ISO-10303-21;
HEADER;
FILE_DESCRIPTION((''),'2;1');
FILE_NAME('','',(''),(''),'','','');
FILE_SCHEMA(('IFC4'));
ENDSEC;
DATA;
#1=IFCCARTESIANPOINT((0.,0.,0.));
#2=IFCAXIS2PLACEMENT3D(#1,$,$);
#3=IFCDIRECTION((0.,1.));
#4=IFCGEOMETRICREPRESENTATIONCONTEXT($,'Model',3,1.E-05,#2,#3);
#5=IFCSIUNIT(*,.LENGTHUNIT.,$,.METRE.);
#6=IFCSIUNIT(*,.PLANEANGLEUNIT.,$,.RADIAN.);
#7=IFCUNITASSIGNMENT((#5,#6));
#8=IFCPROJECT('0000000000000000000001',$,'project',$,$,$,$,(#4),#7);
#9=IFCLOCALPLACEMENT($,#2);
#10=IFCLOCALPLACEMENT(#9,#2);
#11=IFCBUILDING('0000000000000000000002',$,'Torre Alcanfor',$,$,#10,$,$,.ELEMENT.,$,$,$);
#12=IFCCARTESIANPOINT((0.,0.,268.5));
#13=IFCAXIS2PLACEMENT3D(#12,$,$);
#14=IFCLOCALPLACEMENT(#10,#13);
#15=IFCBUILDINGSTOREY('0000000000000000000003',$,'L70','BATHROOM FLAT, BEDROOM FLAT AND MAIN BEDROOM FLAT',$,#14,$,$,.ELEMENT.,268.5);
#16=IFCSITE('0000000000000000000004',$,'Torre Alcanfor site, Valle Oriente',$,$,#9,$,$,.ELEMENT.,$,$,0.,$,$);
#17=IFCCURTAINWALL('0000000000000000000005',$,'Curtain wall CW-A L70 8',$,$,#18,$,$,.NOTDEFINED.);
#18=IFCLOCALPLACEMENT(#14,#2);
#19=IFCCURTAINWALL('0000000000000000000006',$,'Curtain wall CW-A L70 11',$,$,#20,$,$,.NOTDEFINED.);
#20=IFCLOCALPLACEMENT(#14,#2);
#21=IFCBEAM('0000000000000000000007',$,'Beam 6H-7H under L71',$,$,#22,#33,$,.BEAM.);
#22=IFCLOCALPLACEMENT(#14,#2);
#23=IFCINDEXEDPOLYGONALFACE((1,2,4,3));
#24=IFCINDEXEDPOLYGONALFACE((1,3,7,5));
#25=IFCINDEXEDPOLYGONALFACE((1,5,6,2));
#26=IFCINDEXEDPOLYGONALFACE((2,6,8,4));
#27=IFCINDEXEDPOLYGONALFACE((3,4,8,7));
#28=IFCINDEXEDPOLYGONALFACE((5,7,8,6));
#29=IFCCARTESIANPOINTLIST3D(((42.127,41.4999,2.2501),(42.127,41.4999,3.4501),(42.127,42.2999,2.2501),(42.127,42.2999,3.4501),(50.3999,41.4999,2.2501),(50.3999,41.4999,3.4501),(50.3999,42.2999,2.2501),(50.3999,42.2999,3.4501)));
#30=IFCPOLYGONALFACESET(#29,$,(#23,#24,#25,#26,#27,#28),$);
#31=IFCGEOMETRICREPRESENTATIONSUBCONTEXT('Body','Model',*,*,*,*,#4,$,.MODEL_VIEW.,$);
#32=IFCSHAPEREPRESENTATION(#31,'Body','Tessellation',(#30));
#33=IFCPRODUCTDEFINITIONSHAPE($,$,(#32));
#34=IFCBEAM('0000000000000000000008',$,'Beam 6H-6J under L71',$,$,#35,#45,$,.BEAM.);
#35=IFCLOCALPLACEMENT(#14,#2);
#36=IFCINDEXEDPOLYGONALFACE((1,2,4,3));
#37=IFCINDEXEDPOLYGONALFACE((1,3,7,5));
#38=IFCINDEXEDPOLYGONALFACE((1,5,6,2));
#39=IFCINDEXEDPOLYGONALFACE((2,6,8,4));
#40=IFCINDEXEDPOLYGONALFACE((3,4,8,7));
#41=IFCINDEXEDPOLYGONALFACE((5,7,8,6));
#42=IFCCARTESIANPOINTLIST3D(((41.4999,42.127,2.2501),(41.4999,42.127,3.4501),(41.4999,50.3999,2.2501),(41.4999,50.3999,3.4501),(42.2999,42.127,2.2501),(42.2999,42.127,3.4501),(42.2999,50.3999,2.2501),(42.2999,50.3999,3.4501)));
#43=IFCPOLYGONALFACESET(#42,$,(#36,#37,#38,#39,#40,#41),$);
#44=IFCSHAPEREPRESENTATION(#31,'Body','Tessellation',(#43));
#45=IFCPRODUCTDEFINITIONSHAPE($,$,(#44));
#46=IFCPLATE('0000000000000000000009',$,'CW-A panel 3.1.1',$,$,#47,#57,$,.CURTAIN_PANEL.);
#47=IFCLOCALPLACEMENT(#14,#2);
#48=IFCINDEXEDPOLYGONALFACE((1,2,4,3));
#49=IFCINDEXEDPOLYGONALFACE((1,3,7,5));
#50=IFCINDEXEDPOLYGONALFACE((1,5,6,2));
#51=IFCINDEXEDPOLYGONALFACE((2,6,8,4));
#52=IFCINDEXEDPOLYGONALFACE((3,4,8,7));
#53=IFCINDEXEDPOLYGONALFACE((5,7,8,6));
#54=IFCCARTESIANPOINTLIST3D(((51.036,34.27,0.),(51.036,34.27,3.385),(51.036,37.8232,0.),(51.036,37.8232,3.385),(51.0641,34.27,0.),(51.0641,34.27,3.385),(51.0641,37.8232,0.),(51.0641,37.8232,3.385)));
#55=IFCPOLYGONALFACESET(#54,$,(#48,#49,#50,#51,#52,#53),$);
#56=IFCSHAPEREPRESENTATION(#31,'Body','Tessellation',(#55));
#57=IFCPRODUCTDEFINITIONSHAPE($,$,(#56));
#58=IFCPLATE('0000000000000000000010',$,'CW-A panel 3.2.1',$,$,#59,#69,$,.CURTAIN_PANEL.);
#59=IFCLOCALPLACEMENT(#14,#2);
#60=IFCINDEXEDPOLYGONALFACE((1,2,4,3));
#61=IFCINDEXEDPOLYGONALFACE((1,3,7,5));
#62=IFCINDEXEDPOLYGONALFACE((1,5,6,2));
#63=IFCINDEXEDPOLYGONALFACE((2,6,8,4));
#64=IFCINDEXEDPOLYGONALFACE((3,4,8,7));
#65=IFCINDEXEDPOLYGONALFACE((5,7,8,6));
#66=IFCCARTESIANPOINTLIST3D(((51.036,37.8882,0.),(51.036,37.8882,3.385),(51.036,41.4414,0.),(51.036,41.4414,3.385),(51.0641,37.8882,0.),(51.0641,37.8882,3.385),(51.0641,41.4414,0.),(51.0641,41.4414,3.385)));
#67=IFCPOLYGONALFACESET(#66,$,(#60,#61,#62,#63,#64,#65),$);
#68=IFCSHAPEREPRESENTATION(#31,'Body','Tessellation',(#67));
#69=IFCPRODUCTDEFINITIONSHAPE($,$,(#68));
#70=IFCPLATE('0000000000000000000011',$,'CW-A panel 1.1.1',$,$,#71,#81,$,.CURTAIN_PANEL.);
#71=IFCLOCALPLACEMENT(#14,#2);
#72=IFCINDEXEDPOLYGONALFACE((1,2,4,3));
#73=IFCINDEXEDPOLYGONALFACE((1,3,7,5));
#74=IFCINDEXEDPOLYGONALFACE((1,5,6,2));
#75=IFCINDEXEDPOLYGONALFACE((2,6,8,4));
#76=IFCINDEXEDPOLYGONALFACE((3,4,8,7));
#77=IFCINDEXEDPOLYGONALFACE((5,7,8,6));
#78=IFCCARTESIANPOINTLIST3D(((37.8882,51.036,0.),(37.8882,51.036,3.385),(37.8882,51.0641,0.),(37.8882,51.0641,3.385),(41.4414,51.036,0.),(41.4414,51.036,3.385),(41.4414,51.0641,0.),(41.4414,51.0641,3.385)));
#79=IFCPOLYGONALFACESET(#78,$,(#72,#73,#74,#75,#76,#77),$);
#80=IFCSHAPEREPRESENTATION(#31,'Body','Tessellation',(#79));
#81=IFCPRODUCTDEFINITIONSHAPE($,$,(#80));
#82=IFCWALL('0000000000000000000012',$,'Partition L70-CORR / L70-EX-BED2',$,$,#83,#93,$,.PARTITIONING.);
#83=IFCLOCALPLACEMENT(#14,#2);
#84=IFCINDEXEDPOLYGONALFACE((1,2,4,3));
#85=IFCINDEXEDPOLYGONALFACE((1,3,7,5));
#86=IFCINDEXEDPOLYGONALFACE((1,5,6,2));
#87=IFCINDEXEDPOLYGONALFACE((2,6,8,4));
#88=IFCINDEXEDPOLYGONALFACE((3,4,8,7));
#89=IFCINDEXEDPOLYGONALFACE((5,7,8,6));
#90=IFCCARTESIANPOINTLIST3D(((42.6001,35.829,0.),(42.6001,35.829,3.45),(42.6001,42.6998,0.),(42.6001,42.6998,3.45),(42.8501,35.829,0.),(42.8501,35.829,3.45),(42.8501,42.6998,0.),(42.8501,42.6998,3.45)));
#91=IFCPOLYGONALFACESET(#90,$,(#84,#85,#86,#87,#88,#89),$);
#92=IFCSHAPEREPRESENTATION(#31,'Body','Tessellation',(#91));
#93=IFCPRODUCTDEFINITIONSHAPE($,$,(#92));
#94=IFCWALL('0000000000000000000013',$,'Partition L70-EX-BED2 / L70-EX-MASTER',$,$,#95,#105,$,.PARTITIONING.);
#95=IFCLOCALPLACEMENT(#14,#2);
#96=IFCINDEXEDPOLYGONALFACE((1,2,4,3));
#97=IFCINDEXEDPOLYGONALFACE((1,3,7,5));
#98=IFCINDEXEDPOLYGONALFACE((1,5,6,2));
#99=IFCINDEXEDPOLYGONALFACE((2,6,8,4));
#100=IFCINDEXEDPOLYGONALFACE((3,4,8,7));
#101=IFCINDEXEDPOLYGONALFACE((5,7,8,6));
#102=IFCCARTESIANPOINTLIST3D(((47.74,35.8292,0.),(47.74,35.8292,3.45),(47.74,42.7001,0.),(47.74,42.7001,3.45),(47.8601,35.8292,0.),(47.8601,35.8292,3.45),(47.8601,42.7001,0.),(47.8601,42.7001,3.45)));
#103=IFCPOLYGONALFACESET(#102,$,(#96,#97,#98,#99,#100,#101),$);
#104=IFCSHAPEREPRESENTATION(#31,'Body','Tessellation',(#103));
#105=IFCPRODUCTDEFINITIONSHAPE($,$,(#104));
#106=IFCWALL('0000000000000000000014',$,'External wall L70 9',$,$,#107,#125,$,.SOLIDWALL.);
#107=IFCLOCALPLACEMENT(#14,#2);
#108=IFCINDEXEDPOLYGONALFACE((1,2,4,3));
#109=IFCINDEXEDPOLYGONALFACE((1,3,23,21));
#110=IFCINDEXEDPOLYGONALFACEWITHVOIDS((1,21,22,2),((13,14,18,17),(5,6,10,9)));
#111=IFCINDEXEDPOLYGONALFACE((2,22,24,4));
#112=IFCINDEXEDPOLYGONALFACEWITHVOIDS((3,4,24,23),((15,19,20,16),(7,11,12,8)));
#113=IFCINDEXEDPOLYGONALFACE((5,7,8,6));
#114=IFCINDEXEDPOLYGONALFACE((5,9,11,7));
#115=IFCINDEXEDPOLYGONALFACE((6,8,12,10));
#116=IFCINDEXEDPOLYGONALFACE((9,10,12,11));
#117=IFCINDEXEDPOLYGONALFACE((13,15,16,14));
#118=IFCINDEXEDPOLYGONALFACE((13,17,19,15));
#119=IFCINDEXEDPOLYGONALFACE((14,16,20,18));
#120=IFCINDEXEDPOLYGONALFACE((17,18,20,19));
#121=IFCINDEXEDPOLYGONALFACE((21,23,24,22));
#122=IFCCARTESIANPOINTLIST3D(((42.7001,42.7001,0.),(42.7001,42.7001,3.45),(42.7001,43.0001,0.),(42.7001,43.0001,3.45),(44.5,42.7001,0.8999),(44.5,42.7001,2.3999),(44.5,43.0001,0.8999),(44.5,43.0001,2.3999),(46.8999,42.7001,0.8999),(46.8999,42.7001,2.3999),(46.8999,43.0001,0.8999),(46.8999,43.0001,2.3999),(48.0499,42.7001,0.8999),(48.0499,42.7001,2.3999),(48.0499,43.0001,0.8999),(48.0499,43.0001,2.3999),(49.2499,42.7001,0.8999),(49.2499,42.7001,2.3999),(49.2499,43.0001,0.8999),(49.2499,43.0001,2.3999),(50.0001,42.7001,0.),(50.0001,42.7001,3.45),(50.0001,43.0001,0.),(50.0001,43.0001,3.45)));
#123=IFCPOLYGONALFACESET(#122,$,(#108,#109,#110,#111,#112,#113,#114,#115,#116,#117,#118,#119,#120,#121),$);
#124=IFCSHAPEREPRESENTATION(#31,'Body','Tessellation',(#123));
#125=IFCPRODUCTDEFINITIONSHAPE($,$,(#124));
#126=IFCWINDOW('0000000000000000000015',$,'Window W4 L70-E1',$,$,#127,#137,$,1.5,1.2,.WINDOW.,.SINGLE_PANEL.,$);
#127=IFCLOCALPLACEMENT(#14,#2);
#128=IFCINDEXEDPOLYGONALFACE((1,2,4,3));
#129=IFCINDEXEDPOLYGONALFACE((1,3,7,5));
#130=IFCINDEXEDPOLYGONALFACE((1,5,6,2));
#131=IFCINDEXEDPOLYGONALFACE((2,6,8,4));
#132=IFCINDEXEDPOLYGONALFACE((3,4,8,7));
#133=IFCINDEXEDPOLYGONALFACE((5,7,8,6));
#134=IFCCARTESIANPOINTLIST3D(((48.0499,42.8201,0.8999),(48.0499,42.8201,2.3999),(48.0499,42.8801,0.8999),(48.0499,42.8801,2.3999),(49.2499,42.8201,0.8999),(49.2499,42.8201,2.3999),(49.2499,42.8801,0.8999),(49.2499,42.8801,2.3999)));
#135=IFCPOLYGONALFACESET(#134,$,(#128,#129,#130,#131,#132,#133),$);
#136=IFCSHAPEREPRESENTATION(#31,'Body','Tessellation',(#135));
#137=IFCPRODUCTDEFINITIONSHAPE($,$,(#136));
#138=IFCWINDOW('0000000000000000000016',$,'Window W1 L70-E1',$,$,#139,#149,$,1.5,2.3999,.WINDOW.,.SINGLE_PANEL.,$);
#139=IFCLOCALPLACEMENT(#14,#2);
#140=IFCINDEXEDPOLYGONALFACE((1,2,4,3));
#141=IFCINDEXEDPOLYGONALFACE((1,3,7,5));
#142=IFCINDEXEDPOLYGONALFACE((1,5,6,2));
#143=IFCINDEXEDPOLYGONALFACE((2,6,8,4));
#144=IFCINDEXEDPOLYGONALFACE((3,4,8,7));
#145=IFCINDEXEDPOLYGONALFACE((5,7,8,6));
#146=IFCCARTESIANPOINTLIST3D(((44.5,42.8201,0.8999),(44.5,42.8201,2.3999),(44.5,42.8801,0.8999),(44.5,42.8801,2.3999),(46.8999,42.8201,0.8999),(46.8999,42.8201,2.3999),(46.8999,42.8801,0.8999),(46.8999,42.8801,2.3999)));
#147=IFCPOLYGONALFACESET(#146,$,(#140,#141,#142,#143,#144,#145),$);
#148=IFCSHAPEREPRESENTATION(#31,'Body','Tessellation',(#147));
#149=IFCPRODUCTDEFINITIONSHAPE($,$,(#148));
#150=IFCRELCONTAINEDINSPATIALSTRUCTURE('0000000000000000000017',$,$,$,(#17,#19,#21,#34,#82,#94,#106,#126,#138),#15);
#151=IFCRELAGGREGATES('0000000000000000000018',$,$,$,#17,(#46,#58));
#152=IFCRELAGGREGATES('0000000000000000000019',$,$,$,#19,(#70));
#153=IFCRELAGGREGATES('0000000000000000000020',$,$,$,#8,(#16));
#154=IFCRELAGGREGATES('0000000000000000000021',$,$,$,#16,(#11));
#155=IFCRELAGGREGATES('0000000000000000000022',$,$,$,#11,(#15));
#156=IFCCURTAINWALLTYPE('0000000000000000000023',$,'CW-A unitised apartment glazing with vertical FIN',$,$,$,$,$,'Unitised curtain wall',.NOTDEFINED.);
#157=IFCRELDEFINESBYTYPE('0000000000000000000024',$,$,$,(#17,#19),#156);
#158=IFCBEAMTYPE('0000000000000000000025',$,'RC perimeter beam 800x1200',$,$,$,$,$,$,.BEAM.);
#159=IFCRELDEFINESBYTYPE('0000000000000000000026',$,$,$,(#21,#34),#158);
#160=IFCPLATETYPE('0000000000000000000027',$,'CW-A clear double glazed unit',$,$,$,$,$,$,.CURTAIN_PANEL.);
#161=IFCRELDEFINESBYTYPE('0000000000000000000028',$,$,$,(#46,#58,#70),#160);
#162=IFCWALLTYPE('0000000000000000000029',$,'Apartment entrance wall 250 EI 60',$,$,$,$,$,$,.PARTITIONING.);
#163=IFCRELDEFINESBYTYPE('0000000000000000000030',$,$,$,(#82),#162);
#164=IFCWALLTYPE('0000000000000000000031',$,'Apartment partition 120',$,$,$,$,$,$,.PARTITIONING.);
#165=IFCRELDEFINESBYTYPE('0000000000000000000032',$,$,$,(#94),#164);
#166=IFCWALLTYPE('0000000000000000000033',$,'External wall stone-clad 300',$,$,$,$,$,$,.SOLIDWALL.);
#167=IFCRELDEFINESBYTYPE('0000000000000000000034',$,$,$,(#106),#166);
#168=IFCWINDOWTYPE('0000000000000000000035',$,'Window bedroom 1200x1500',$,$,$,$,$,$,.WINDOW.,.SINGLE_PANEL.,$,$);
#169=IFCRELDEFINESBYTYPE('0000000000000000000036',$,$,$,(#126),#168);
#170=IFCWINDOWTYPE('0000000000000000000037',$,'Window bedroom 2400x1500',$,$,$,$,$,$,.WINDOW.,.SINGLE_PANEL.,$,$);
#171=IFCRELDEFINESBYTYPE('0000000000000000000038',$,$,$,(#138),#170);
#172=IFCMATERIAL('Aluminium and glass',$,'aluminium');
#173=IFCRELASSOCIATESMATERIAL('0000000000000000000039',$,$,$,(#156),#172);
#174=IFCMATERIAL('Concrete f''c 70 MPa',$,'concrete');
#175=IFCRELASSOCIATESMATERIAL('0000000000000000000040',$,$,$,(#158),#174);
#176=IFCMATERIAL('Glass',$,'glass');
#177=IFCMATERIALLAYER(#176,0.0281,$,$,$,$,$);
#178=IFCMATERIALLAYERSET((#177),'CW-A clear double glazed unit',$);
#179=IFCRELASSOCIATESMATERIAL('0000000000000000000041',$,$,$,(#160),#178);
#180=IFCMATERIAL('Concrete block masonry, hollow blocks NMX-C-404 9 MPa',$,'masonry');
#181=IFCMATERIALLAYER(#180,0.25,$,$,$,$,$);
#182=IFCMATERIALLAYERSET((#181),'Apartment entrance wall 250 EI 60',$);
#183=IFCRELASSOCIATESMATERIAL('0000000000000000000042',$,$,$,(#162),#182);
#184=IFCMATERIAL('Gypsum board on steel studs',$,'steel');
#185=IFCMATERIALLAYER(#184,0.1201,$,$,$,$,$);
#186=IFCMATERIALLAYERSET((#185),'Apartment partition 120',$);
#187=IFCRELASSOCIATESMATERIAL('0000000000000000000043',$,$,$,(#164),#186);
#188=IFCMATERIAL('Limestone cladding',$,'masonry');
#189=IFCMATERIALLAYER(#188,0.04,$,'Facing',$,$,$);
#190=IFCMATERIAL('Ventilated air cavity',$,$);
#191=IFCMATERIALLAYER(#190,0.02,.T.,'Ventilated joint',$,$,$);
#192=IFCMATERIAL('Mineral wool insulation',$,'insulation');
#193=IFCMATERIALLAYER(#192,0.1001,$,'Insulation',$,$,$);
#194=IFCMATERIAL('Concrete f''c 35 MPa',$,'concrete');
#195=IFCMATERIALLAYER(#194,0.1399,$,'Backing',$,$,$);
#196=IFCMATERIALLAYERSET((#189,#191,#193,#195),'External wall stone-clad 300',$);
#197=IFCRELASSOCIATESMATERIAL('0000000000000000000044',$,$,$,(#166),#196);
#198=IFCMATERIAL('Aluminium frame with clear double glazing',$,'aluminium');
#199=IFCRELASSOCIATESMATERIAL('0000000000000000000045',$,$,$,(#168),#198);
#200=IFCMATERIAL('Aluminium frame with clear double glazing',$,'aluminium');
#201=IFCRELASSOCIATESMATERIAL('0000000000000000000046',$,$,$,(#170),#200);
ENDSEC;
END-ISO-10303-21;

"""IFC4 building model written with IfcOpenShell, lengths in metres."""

from ifc_helpers import new_model, si_unit, direction, frame, frame_2d, origin, origin_2d, place, context, subcontext, project, spatial, rectangle, extrude, material, layer, layer_set, material_profile, profile_set, type_object, element, fill, aggregate, save


model = new_model("IFC4")

# Units and contexts
model_context = context("Model", 3, precision=1e-05, world=origin(), true_north=direction((0.0, 1.0)))
body_context = subcontext(model_context, "Body", "Model", "MODEL_VIEW")
ifc_project = project(units=[si_unit("LENGTHUNIT", "METRE"), si_unit("PLANEANGLEUNIT", "RADIAN")], contexts=[model_context])

# Site, building, storey
site_placement = place(None, origin())
site = spatial("IfcSite", under=ifc_project, at=site_placement, Name="Torre Alcanfor site, Valle Oriente", CompositionType="ELEMENT", RefElevation=0.0)
building_placement = place(site_placement, origin())
building = spatial("IfcBuilding", under=site, at=building_placement, Name="Torre Alcanfor", CompositionType="ELEMENT")
storey_placement = place(building_placement, frame((0.0, 0.0, 268.5)))
storey = spatial("IfcBuildingStorey", under=building, at=storey_placement, Name="L70", Description="BATHROOM FLAT, BEDROOM FLAT AND MAIN BEDROOM FLAT", CompositionType="ELEMENT", Elevation=268.5)

# Curtain wall
ifc_material_1 = material(Name="Aluminium and glass", Category="aluminium")
curtain_wall_type = type_object("IfcCurtainWallType", Name="CW-A unitised apartment glazing with vertical FIN", ElementType="Unitised curtain wall", PredefinedType="NOTDEFINED", material=ifc_material_1)
curtain_wall_1_placement = place(storey_placement, origin())
curtain_wall_1 = element("IfcCurtainWall", 1, at=curtain_wall_1_placement, inside=storey, type_object=curtain_wall_type, Name="Curtain wall CW-A L70 8", PredefinedType="NOTDEFINED")

# Curtain wall
curtain_wall_2_placement = place(storey_placement, origin())
curtain_wall_2 = element("IfcCurtainWall", 2, at=curtain_wall_2_placement, inside=storey, type_object=curtain_wall_type, Name="Curtain wall CW-A L70 11", PredefinedType="NOTDEFINED")

# Beams
ifc_material_2 = material(Name="Concrete f'c 70 MPa", Category="concrete")
ifc_material_profile_1 = material_profile(ifc_material_2, rectangle(XDim=0.8, YDim=1.2, at=origin_2d()), Name="800x1200")
ifc_profile_set_1 = profile_set([ifc_material_profile_1], Name="Concrete f'c 70 MPa")
beam_type = type_object("IfcBeamType", Name="RC perimeter beam 800x1200", PredefinedType="BEAM", material=ifc_profile_set_1)
for number, where, z_axis, x_axis, name in (
    (3, (42.127, 41.8999, 2.8501), (1.0, 0.0, 0.0), (0.0, 1.0, 0.0), "Beam 6H-7H under L71"),
    (4, (41.8999, 42.127, 2.8501), (0.0, 1.0, 0.0), (-1.0, 0.0, 0.0), "Beam 6H-6J under L71"),
):
    element("IfcBeam", number, at=place(storey_placement, frame(where, z_axis=z_axis, x_axis=x_axis)), inside=storey, type_object=beam_type, Name=name, PredefinedType="BEAM", context=body_context, shape_type="SweptSolid", body=[
        extrude(rectangle(XDim=0.8, YDim=1.2, at=origin_2d()), origin(), (0.0, 0.0, 1.0), 8.2729),
    ])

# Plates
ifc_material_3 = material(Name="Glass", Category="glass")
ifc_layer_1 = layer(ifc_material_3, 0.0281)
ifc_layer_set_1 = layer_set([ifc_layer_1], Name="CW-A clear double glazed unit")
plate_type = type_object("IfcPlateType", Name="CW-A clear double glazed unit", PredefinedType="CURTAIN_PANEL", material=ifc_layer_set_1)
plate_1_placement = place(storey_placement, frame((51.05, 36.0466, 0.0), z_axis=(0.0, 0.0, 1.0), x_axis=(0.0, 1.0, 0.0)))
plate_1 = element("IfcPlate", 5, at=plate_1_placement, type_object=plate_type, Name="CW-A panel 3.1.1", PredefinedType="CURTAIN_PANEL", context=body_context, shape_type="SweptSolid", body=[
    extrude(rectangle(XDim=3.5532, YDim=0.0281, at=origin_2d()), origin(), (0.0, 0.0, 1.0), 3.385),
])
plate_2_placement = place(storey_placement, frame((51.05, 39.6648, 0.0), z_axis=(0.0, 0.0, 1.0), x_axis=(0.0, 1.0, 0.0)))
plate_2 = element("IfcPlate", 6, at=plate_2_placement, type_object=plate_type, Name="CW-A panel 3.2.1", PredefinedType="CURTAIN_PANEL", context=body_context, shape_type="SweptSolid", body=[
    extrude(rectangle(XDim=3.5532, YDim=0.0281, at=origin_2d()), origin(), (0.0, 0.0, 1.0), 3.385),
])
aggregate(curtain_wall_1, [plate_1, plate_2])
plate_3_placement = place(storey_placement, frame((39.6648, 51.05, 0.0), z_axis=(0.0, 0.0, 1.0), x_axis=(-1.0, 0.0, 0.0)))
plate_3 = element("IfcPlate", 7, at=plate_3_placement, type_object=plate_type, Name="CW-A panel 1.1.1", PredefinedType="CURTAIN_PANEL", context=body_context, shape_type="SweptSolid", body=[
    extrude(rectangle(XDim=3.5532, YDim=0.0281, at=origin_2d()), origin(), (0.0, 0.0, 1.0), 3.385),
])
aggregate(curtain_wall_2, [plate_3])

# Walls
ifc_material_4 = material(Name="Concrete block masonry, hollow blocks NMX-C-404 9 MPa", Category="masonry")
ifc_layer_2 = layer(ifc_material_4, 0.25)
ifc_layer_set_2 = layer_set([ifc_layer_2], Name="Apartment entrance wall 250 EI 60")
wall_type_1 = type_object("IfcWallType", Name="Apartment entrance wall 250 EI 60", PredefinedType="PARTITIONING", material=ifc_layer_set_2)
wall_1_placement = place(storey_placement, frame((42.7251, 42.7, 0.0), z_axis=(0.0, 0.0, 1.0), x_axis=(0.0, -1.0, 0.0)))
element("IfcWall", 8, at=wall_1_placement, inside=storey, type_object=wall_type_1, Name="Partition L70-CORR / L70-EX-BED2", PredefinedType="PARTITIONING", context=body_context, shape_type="SweptSolid", body=[
    extrude(rectangle(XDim=6.8708, YDim=0.25, at=frame_2d((3.4355, 0.0))), origin(), (0.0, 0.0, 1.0), 3.45),
])
ifc_material_5 = material(Name="Gypsum board on steel studs", Category="steel")
ifc_layer_3 = layer(ifc_material_5, 0.1201)
ifc_layer_set_3 = layer_set([ifc_layer_3], Name="Apartment partition 120")
wall_type_2 = type_object("IfcWallType", Name="Apartment partition 120", PredefinedType="PARTITIONING", material=ifc_layer_set_3)
wall_2_placement = place(storey_placement, frame((47.8, 35.8291, 0.0), z_axis=(0.0, 0.0, 1.0), x_axis=(0.0, 1.0, 0.0)))
element("IfcWall", 9, at=wall_2_placement, inside=storey, type_object=wall_type_2, Name="Partition L70-EX-BED2 / L70-EX-MASTER", PredefinedType="PARTITIONING", context=body_context, shape_type="SweptSolid", body=[
    extrude(rectangle(XDim=6.8708, YDim=0.1201, at=frame_2d((3.4355, 0.0))), origin(), (0.0, 0.0, 1.0), 3.45),
])

# Wall, openings, windows
ifc_material_6 = material(Name="Limestone cladding", Category="masonry")
ifc_layer_4 = layer(ifc_material_6, 0.04, Name="Facing")
ifc_material_7 = material(Name="Ventilated air cavity")
ifc_layer_5 = layer(ifc_material_7, 0.02, ventilated=True, Name="Ventilated joint")
ifc_material_8 = material(Name="Mineral wool insulation", Category="insulation")
ifc_layer_6 = layer(ifc_material_8, 0.1001, Name="Insulation")
ifc_material_9 = material(Name="Concrete f'c 35 MPa", Category="concrete")
ifc_layer_7 = layer(ifc_material_9, 0.1399, Name="Backing")
ifc_layer_set_4 = layer_set([ifc_layer_4, ifc_layer_5, ifc_layer_6, ifc_layer_7], Name="External wall stone-clad 300")
wall_type_3 = type_object("IfcWallType", Name="External wall stone-clad 300", PredefinedType="SOLIDWALL", material=ifc_layer_set_4)
wall_3_placement = place(storey_placement, frame((50.0, 42.8501, 0.0), z_axis=(0.0, 0.0, 1.0), x_axis=(-1.0, 0.0, 0.0)))
wall_3 = element("IfcWall", 10, at=wall_3_placement, inside=storey, type_object=wall_type_3, Name="External wall L70 9", PredefinedType="SOLIDWALL", context=body_context, shape_type="SweptSolid", body=[
    extrude(rectangle(XDim=7.3, YDim=0.3, at=frame_2d((3.6499, 0.0))), origin(), (0.0, 0.0, 1.0), 3.45),
])
opening_1_placement = place(wall_3_placement, frame((3.1001, 0.0, 0.8999)))
opening_1 = element("IfcOpeningElement", 11, at=opening_1_placement, cuts=wall_3, PredefinedType="OPENING", context=body_context, shape_type="SweptSolid", body=[
    extrude(rectangle(XDim=2.3999, YDim=1.5, at=frame_2d((1.2, 0.75))), frame((0.0, 0.1599, 0.0), z_axis=(0.0, -1.0, 0.0), x_axis=(1.0, 0.0, 0.0)), (0.0, 0.0, 1.0), 0.3201),
])
opening_2_placement = place(wall_3_placement, frame((0.75, 0.0, 0.8999)))
opening_2 = element("IfcOpeningElement", 12, at=opening_2_placement, cuts=wall_3, PredefinedType="OPENING", context=body_context, shape_type="SweptSolid", body=[
    extrude(rectangle(XDim=1.2, YDim=1.5, at=frame_2d((0.6001, 0.75))), frame((0.0, 0.1599, 0.0), z_axis=(0.0, -1.0, 0.0), x_axis=(1.0, 0.0, 0.0)), (0.0, 0.0, 1.0), 0.3201),
])
ifc_material_10 = material(Name="Aluminium frame with clear double glazing", Category="aluminium")
window_type_1 = type_object("IfcWindowType", Name="Window bedroom 1200x1500", PartitioningType="SINGLE_PANEL", PredefinedType="WINDOW", material=ifc_material_10)
window_1_placement = place(opening_2_placement, origin())
window_1 = element("IfcWindow", 13, at=window_1_placement, inside=storey, type_object=window_type_1, Name="Window W4 L70-E1", OverallHeight=1.5, OverallWidth=1.2, PartitioningType="SINGLE_PANEL", PredefinedType="WINDOW", context=body_context, shape_type="SweptSolid", body=[
    extrude(rectangle(XDim=1.2, YDim=1.5, at=frame_2d((0.6001, 0.75))), frame((0.0, 0.03, 0.0), z_axis=(0.0, -1.0, 0.0), x_axis=(1.0, 0.0, 0.0)), (0.0, 0.0, 1.0), 0.0601),
])
fill(opening_2, window_1)
ifc_material_11 = material(Name="Aluminium frame with clear double glazing", Category="aluminium")
window_type_2 = type_object("IfcWindowType", Name="Window bedroom 2400x1500", PartitioningType="SINGLE_PANEL", PredefinedType="WINDOW", material=ifc_material_11)
window_2_placement = place(opening_1_placement, origin())
window_2 = element("IfcWindow", 14, at=window_2_placement, inside=storey, type_object=window_type_2, Name="Window W1 L70-E1", OverallHeight=1.5, OverallWidth=2.3999, PartitioningType="SINGLE_PANEL", PredefinedType="WINDOW", context=body_context, shape_type="SweptSolid", body=[
    extrude(rectangle(XDim=2.3999, YDim=1.5, at=frame_2d((1.2, 0.75))), frame((0.0, 0.03, 0.0), z_axis=(0.0, -1.0, 0.0), x_axis=(1.0, 0.0, 0.0)), (0.0, 0.0, 1.0), 0.0601),
])
fill(opening_1, window_2)

save(model, "model.ifc")
